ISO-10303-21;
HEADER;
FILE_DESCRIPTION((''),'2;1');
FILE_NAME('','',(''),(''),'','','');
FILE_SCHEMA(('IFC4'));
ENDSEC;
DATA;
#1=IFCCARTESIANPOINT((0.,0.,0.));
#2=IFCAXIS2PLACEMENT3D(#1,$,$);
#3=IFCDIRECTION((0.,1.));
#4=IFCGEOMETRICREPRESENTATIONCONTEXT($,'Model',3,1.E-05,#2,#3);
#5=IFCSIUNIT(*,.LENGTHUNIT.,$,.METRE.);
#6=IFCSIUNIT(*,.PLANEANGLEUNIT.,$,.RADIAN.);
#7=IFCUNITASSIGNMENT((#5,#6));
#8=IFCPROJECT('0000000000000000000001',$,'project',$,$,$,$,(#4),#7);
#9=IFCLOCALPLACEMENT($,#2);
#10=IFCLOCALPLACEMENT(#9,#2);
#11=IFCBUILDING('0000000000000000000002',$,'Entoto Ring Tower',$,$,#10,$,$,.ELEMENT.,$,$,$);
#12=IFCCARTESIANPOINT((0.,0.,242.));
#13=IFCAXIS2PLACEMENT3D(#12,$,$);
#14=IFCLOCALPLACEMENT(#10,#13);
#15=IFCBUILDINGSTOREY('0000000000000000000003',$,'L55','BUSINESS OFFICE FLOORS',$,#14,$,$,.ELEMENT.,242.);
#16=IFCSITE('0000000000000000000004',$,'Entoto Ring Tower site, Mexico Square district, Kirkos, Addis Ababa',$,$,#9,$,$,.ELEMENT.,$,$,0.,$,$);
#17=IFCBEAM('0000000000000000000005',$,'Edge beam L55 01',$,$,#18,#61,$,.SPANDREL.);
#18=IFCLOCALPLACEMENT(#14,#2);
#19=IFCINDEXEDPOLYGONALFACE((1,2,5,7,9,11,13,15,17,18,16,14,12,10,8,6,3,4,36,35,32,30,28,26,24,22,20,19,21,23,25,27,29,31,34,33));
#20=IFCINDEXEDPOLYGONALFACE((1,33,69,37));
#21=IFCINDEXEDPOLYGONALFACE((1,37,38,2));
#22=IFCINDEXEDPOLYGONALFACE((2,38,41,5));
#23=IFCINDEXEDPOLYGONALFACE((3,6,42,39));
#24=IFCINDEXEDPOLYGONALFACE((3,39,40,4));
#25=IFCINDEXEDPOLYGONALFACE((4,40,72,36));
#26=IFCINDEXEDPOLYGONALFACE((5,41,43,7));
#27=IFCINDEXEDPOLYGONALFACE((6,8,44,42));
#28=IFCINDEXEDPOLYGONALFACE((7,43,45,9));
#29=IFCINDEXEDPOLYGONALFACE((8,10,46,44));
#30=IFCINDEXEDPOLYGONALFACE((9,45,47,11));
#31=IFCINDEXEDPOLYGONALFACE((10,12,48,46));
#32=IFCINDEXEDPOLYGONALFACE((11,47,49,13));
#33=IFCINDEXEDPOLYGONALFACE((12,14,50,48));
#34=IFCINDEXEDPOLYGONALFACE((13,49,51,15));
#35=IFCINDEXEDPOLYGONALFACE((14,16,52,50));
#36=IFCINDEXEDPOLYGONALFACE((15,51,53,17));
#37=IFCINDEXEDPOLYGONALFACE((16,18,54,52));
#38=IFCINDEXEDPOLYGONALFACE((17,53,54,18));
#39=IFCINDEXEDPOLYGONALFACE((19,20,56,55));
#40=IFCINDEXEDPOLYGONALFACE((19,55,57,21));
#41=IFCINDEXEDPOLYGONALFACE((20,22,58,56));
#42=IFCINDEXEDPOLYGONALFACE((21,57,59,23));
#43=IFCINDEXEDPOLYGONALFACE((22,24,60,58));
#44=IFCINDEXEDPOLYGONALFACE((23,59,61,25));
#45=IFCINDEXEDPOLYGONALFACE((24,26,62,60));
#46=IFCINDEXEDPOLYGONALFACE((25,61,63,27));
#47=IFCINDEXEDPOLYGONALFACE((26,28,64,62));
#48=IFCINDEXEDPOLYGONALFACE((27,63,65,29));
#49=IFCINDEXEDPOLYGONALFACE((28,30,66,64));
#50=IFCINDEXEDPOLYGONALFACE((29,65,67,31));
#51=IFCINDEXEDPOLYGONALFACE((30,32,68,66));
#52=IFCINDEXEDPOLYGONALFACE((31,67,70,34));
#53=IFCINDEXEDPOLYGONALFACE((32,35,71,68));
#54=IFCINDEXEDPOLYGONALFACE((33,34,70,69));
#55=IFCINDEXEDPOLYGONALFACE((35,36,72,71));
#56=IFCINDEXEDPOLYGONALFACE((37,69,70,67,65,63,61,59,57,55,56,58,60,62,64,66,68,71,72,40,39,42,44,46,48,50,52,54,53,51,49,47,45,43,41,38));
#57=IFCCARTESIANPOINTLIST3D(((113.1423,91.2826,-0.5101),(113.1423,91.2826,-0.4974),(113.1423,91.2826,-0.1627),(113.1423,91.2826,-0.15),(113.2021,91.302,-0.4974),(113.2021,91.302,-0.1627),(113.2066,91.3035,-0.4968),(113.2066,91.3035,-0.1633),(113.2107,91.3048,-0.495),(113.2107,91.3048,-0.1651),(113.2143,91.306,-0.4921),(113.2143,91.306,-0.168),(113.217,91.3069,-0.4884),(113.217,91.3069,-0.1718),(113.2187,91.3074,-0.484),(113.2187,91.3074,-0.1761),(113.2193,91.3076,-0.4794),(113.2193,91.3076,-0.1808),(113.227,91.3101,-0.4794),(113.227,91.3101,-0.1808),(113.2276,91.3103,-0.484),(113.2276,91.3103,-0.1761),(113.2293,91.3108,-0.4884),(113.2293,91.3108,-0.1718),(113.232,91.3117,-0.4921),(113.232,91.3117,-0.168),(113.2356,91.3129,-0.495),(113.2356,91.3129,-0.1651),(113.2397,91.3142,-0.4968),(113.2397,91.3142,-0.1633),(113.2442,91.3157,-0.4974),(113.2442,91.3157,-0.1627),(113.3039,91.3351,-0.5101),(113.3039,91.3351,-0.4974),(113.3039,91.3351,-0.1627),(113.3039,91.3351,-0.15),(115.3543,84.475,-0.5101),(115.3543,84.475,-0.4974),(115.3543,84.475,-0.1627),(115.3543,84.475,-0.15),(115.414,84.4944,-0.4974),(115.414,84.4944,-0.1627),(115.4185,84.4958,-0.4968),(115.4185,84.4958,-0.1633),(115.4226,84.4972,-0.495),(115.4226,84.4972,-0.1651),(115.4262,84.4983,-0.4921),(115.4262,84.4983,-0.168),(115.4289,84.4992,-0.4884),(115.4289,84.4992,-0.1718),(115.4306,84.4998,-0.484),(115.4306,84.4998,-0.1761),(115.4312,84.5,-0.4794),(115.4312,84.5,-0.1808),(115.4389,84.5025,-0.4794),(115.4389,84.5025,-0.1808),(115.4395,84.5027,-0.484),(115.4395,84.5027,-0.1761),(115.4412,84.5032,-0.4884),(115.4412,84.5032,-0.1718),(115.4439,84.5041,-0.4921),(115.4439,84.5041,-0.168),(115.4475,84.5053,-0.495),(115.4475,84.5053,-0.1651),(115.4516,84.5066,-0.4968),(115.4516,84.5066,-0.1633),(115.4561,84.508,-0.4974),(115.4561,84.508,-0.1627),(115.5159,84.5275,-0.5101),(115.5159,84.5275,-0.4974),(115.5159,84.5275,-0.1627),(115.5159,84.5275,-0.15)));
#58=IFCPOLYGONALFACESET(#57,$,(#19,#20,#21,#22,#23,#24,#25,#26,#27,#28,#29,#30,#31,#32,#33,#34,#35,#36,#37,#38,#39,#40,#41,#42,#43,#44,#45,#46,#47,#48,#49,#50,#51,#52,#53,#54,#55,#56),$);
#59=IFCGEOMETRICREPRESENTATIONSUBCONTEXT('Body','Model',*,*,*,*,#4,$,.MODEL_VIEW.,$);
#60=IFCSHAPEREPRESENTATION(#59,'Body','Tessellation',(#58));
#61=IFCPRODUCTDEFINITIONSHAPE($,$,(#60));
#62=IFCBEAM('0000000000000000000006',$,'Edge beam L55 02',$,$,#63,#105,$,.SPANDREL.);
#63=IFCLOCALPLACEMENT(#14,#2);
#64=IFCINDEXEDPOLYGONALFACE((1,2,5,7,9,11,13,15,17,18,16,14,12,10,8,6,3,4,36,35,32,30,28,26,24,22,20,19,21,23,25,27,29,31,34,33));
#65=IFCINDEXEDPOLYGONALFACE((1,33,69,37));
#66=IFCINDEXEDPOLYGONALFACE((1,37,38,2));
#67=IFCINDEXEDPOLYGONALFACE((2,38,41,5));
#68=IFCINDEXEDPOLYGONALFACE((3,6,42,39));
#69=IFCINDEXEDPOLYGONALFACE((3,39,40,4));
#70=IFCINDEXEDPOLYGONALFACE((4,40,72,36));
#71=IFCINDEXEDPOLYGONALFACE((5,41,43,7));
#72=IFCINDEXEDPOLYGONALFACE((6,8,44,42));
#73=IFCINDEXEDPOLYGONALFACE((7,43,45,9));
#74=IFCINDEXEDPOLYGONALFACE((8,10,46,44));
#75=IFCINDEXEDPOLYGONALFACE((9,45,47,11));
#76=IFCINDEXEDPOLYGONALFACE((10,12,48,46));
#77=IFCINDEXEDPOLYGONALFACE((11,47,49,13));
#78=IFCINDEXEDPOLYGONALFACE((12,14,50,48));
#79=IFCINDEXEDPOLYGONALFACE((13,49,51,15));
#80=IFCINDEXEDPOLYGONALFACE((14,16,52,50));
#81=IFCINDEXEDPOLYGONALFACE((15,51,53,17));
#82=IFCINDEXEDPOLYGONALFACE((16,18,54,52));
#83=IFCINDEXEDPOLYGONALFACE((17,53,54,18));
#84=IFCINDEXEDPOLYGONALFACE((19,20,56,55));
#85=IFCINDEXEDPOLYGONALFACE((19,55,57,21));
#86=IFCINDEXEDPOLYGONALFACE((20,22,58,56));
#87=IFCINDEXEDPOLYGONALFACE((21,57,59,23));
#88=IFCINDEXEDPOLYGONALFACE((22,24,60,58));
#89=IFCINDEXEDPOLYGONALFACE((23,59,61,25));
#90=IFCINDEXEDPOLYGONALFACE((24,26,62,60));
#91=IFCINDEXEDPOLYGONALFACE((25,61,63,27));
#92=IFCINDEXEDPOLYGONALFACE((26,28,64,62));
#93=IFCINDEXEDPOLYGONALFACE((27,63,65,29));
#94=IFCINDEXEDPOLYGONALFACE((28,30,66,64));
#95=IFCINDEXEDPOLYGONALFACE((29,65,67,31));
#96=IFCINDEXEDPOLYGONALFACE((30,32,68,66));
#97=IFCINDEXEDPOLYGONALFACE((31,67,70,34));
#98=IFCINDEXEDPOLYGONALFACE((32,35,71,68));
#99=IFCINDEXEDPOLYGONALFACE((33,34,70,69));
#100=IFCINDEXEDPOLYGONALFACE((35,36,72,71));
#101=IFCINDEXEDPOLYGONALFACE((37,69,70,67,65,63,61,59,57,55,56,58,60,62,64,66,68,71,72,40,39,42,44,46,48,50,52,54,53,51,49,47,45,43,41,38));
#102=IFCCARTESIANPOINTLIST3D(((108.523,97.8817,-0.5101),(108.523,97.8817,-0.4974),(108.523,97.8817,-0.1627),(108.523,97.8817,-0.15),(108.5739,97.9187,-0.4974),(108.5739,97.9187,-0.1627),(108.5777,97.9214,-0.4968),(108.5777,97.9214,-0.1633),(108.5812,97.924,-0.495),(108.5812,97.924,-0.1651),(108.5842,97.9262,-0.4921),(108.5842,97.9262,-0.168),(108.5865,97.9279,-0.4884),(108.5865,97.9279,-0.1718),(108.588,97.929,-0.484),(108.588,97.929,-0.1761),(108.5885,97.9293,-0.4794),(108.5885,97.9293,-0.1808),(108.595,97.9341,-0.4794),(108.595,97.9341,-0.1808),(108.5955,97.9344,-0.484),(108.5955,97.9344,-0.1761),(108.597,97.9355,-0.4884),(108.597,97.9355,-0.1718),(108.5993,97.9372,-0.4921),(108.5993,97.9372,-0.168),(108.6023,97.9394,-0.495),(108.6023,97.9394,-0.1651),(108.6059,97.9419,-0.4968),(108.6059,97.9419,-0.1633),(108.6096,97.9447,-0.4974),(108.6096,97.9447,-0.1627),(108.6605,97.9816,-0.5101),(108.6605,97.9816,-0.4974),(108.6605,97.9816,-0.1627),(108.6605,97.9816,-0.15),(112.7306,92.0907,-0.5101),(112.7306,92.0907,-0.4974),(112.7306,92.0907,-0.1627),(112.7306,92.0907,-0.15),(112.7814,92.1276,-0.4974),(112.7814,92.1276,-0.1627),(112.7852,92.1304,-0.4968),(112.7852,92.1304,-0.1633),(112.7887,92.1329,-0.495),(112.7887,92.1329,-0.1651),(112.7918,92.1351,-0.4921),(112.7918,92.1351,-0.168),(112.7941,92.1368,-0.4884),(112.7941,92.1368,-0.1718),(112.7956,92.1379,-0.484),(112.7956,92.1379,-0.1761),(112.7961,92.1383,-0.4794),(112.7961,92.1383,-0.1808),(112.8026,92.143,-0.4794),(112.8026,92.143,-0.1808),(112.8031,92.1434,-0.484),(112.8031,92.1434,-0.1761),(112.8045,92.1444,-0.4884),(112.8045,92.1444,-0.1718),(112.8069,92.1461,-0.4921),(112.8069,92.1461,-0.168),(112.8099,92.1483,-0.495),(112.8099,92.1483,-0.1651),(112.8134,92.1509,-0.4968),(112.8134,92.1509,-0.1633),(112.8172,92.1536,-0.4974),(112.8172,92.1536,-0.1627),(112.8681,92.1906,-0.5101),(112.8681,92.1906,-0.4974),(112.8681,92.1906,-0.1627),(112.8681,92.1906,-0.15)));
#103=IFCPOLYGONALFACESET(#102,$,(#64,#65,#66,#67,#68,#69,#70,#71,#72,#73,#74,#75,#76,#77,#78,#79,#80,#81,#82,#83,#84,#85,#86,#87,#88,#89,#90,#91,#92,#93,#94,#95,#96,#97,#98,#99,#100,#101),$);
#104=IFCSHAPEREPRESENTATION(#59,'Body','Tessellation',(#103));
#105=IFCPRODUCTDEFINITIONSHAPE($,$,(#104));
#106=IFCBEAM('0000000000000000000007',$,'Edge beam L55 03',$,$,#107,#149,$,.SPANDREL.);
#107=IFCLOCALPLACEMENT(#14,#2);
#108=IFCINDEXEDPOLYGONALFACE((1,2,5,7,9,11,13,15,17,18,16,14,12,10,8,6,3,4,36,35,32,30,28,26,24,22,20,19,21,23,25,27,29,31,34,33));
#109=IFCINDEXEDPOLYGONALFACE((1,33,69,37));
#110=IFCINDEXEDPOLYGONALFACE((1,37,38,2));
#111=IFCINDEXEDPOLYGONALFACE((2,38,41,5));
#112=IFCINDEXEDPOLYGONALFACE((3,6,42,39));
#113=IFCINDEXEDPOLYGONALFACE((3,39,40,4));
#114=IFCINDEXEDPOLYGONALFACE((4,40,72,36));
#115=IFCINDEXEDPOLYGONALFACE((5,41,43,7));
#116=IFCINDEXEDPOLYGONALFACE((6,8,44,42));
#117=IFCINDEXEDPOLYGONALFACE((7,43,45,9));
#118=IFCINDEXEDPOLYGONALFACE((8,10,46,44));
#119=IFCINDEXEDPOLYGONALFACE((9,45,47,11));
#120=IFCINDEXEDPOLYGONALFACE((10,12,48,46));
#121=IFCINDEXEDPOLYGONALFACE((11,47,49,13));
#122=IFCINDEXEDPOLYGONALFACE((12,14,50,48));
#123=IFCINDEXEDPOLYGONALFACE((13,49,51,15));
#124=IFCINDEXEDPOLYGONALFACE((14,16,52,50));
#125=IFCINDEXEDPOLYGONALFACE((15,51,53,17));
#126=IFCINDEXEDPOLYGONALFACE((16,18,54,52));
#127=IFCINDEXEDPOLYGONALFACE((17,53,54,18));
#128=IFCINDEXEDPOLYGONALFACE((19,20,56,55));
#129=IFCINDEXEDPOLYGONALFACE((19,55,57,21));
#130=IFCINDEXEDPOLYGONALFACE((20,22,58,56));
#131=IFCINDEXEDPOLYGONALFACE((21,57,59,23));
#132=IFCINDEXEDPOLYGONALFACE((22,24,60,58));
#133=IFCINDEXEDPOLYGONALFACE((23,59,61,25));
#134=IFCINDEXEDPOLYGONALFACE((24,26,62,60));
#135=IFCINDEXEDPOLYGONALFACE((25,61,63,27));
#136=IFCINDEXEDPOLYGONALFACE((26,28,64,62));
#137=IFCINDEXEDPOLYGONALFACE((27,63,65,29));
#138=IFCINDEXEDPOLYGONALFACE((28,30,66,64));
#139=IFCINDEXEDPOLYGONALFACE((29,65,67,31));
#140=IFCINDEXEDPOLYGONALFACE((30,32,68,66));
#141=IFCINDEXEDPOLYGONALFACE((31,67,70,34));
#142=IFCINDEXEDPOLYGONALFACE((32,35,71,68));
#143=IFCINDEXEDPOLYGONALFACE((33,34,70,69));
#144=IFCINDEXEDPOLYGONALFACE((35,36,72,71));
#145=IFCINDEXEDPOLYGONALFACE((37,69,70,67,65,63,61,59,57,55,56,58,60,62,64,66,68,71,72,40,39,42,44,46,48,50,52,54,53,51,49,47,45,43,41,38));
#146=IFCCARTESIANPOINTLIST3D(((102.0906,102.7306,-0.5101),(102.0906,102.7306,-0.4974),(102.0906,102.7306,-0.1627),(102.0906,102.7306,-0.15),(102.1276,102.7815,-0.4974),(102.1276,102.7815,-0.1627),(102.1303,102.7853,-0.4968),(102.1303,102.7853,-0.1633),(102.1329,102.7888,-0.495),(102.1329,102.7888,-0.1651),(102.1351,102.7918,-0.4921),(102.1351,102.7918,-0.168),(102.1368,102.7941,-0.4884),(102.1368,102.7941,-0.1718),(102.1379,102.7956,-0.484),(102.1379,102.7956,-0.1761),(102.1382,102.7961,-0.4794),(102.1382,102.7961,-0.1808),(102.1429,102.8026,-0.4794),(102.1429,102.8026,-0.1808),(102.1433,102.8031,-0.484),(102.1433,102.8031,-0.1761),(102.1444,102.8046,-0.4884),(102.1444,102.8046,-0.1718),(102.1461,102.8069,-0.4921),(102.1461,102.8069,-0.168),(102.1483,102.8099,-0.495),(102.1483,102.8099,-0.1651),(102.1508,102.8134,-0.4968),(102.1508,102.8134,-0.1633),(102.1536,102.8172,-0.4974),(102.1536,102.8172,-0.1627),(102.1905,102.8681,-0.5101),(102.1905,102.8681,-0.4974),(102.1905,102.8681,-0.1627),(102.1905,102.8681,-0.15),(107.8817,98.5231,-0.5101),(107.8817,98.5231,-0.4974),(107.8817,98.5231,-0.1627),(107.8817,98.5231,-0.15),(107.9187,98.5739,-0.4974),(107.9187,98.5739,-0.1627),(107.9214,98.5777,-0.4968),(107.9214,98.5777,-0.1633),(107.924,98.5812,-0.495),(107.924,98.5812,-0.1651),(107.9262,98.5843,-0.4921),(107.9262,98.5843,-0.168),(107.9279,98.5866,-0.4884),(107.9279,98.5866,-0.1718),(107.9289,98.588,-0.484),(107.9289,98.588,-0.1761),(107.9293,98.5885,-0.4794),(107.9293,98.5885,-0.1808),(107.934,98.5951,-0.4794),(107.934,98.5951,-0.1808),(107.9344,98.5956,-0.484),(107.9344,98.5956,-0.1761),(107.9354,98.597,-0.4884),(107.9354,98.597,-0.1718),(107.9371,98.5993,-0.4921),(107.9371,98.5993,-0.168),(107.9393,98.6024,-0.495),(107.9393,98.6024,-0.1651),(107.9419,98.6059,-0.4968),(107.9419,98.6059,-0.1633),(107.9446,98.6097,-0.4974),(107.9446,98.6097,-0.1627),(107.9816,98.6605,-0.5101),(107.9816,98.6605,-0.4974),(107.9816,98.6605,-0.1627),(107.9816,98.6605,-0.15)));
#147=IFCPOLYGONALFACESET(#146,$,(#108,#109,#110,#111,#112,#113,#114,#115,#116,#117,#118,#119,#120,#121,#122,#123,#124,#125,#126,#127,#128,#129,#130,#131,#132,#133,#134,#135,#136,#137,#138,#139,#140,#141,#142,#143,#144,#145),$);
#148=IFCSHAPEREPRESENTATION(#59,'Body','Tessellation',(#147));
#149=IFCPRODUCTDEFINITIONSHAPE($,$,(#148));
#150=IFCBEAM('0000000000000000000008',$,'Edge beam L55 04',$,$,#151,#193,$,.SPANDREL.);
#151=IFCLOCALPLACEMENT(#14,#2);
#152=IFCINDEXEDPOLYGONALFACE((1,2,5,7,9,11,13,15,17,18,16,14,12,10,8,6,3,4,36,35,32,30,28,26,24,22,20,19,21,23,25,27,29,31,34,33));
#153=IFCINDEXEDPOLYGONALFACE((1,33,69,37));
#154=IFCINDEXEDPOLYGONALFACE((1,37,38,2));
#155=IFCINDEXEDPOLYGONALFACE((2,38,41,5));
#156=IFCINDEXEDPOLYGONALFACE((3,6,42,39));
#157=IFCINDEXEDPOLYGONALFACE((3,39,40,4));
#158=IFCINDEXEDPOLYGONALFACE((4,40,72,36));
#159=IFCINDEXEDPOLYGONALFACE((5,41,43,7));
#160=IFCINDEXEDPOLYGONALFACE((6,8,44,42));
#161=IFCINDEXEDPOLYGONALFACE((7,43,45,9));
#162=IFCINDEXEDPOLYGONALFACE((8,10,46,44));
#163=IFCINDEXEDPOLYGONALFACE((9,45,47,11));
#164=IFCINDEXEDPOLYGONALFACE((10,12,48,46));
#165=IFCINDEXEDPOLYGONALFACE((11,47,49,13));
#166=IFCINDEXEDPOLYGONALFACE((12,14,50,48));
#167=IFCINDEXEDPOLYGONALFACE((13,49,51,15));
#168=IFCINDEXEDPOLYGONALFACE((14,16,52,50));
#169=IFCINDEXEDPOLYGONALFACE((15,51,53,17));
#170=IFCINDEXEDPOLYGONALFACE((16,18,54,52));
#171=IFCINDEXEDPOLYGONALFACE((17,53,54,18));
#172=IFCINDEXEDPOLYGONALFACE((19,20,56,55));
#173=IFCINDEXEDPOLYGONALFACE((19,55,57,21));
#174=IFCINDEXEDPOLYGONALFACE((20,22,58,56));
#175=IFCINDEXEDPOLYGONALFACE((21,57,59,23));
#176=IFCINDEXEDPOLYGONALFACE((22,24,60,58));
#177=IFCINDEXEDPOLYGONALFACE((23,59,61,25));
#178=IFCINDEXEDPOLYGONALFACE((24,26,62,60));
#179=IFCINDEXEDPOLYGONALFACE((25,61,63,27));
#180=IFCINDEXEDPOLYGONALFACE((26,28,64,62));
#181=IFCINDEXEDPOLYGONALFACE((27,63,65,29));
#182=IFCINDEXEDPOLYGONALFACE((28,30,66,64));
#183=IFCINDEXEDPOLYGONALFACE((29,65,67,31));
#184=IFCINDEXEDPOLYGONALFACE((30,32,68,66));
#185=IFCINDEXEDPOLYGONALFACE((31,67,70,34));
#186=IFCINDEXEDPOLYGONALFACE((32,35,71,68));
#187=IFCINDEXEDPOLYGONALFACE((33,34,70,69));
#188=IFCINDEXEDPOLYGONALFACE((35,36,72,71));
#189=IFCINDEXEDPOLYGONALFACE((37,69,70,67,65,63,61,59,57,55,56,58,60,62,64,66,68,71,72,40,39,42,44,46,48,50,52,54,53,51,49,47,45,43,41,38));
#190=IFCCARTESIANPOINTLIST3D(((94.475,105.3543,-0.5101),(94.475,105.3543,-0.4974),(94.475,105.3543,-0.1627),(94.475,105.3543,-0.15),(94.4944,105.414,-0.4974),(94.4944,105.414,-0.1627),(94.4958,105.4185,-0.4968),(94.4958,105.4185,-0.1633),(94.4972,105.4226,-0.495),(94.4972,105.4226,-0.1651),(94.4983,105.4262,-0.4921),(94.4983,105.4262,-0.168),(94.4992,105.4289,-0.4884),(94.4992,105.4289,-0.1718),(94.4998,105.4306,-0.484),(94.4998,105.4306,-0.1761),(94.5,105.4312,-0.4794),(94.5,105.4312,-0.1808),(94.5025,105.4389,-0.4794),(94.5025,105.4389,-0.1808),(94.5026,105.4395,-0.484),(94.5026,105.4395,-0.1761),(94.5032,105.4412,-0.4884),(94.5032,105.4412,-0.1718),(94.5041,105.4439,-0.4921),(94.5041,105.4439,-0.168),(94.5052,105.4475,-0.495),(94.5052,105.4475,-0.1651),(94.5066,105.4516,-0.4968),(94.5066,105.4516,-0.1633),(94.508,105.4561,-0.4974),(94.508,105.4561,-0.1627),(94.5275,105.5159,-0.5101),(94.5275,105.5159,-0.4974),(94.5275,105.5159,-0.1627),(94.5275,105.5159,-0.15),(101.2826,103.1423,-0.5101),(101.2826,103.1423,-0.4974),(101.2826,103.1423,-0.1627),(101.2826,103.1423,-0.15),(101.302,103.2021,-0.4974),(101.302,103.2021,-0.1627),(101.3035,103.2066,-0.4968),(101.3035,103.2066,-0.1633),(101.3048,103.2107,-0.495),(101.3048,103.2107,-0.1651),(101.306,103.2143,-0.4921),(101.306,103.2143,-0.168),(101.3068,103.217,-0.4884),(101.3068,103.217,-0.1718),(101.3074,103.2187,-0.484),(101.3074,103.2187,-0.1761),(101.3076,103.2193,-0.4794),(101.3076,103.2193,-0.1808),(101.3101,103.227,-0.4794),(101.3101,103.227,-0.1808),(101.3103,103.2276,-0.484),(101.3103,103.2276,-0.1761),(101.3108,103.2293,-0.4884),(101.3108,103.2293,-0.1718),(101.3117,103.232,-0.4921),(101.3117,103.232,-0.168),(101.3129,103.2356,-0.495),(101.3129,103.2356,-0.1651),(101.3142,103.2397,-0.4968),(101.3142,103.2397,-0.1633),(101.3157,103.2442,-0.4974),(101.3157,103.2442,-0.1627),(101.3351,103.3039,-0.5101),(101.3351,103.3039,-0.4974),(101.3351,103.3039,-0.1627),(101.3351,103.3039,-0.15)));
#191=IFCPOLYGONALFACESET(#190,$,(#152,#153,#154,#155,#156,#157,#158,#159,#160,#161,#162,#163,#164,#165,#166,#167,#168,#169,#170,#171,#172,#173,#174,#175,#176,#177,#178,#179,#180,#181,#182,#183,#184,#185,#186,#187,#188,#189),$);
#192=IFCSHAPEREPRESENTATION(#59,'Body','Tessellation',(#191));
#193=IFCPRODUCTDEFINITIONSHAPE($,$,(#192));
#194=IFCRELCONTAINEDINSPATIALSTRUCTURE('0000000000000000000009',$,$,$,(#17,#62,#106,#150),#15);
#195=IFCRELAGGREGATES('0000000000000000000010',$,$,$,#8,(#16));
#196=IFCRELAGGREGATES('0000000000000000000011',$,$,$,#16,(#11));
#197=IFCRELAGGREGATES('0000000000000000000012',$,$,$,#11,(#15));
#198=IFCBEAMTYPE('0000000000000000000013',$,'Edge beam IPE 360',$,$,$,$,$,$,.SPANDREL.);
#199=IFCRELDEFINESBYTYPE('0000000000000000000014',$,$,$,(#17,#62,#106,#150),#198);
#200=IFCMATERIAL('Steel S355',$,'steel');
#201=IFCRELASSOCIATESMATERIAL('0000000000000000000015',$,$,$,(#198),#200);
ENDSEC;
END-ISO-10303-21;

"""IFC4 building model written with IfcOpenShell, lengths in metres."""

from ifc_helpers import new_model, si_unit, direction, frame, origin, origin_2d, place, context, subcontext, project, spatial, i_section, extrude, material, material_profile, profile_set, type_object, element, save


model = new_model("IFC4")

# Units and contexts
model_context = context("Model", 3, precision=1e-05, world=origin(), true_north=direction((0.0, 1.0)))
body_context = subcontext(model_context, "Body", "Model", "MODEL_VIEW")
ifc_project = project(units=[si_unit("LENGTHUNIT", "METRE"), si_unit("PLANEANGLEUNIT", "RADIAN")], contexts=[model_context])

# Site, building, storey
site_placement = place(None, origin())
site = spatial("IfcSite", under=ifc_project, at=site_placement, Name="Entoto Ring Tower site, Mexico Square district, Kirkos, Addis Ababa", CompositionType="ELEMENT", RefElevation=0.0)
building_placement = place(site_placement, origin())
building = spatial("IfcBuilding", under=site, at=building_placement, Name="Entoto Ring Tower", CompositionType="ELEMENT")
storey_placement = place(building_placement, frame((0.0, 0.0, 242.0)))
storey = spatial("IfcBuildingStorey", under=building, at=storey_placement, Name="L55", Description="BUSINESS OFFICE FLOORS", CompositionType="ELEMENT", Elevation=242.0)

# Beams
ifc_material_1 = material(Name="Steel S355", Category="steel")
ifc_material_profile_1 = material_profile(ifc_material_1, i_section(OverallWidth=0.1699, OverallDepth=0.3601, WebThickness=0.0081, FlangeThickness=0.0127, FilletRadius=0.0181, at=origin_2d()), Name="IPE 360")
ifc_profile_set_1 = profile_set([ifc_material_profile_1], Name="Steel S355")
beam_type_1 = type_object("IfcBeamType", Name="Edge beam IPE 360", PredefinedType="SPANDREL", material=ifc_profile_set_1)
beam_1_placement = place(storey_placement, frame((115.4351, 84.5012, -0.3301), z_axis=(-0.309015, 0.951057, 0.0), x_axis=(-0.951057, -0.309015, 0.0)))
element("IfcBeam", 1, at=beam_1_placement, inside=storey, type_object=beam_type_1, Name="Edge beam L55 01", PredefinedType="SPANDREL", context=body_context, shape_type="SweptSolid", body=[
    extrude(i_section(OverallWidth=0.1699, OverallDepth=0.3601, WebThickness=0.0081, FlangeThickness=0.0127, FilletRadius=0.0181, at=origin_2d()), origin(), (0.0, 0.0, 1.0), 7.158),
])
for number, where, z_axis, x_axis, name in (
    (2, (112.7993, 92.1406, -0.3301), (-0.587794, 0.80901, 0.0), (-0.80901, -0.587794, 0.0), "Edge beam L55 02"),
    (3, (107.9316, 98.5918, -0.3301), (-0.80901, 0.587794, 0.0), (-0.587794, -0.80901, 0.0), "Edge beam L55 03"),
):
    element("IfcBeam", number, at=place(storey_placement, frame(where, z_axis=z_axis, x_axis=x_axis)), inside=storey, type_object=beam_type_1, Name=name, PredefinedType="SPANDREL", context=body_context, shape_type="SweptSolid", body=[
        extrude(i_section(OverallWidth=0.1699, OverallDepth=0.3601, WebThickness=0.0081, FlangeThickness=0.0127, FilletRadius=0.0181, at=origin_2d()), origin(), (0.0, 0.0, 1.0), 7.1582),
    ])
beam_2_placement = place(storey_placement, frame((101.3088, 103.2231, -0.3301), z_axis=(-0.951057, 0.309015, 0.0), x_axis=(-0.309015, -0.951057, 0.0)))
element("IfcBeam", 4, at=beam_2_placement, inside=storey, type_object=beam_type_1, Name="Edge beam L55 04", PredefinedType="SPANDREL", context=body_context, shape_type="SweptSolid", body=[
    extrude(i_section(OverallWidth=0.1699, OverallDepth=0.3601, WebThickness=0.0081, FlangeThickness=0.0127, FilletRadius=0.0181, at=origin_2d()), origin(), (0.0, 0.0, 1.0), 7.158),
])

save(model, "model.ifc")
